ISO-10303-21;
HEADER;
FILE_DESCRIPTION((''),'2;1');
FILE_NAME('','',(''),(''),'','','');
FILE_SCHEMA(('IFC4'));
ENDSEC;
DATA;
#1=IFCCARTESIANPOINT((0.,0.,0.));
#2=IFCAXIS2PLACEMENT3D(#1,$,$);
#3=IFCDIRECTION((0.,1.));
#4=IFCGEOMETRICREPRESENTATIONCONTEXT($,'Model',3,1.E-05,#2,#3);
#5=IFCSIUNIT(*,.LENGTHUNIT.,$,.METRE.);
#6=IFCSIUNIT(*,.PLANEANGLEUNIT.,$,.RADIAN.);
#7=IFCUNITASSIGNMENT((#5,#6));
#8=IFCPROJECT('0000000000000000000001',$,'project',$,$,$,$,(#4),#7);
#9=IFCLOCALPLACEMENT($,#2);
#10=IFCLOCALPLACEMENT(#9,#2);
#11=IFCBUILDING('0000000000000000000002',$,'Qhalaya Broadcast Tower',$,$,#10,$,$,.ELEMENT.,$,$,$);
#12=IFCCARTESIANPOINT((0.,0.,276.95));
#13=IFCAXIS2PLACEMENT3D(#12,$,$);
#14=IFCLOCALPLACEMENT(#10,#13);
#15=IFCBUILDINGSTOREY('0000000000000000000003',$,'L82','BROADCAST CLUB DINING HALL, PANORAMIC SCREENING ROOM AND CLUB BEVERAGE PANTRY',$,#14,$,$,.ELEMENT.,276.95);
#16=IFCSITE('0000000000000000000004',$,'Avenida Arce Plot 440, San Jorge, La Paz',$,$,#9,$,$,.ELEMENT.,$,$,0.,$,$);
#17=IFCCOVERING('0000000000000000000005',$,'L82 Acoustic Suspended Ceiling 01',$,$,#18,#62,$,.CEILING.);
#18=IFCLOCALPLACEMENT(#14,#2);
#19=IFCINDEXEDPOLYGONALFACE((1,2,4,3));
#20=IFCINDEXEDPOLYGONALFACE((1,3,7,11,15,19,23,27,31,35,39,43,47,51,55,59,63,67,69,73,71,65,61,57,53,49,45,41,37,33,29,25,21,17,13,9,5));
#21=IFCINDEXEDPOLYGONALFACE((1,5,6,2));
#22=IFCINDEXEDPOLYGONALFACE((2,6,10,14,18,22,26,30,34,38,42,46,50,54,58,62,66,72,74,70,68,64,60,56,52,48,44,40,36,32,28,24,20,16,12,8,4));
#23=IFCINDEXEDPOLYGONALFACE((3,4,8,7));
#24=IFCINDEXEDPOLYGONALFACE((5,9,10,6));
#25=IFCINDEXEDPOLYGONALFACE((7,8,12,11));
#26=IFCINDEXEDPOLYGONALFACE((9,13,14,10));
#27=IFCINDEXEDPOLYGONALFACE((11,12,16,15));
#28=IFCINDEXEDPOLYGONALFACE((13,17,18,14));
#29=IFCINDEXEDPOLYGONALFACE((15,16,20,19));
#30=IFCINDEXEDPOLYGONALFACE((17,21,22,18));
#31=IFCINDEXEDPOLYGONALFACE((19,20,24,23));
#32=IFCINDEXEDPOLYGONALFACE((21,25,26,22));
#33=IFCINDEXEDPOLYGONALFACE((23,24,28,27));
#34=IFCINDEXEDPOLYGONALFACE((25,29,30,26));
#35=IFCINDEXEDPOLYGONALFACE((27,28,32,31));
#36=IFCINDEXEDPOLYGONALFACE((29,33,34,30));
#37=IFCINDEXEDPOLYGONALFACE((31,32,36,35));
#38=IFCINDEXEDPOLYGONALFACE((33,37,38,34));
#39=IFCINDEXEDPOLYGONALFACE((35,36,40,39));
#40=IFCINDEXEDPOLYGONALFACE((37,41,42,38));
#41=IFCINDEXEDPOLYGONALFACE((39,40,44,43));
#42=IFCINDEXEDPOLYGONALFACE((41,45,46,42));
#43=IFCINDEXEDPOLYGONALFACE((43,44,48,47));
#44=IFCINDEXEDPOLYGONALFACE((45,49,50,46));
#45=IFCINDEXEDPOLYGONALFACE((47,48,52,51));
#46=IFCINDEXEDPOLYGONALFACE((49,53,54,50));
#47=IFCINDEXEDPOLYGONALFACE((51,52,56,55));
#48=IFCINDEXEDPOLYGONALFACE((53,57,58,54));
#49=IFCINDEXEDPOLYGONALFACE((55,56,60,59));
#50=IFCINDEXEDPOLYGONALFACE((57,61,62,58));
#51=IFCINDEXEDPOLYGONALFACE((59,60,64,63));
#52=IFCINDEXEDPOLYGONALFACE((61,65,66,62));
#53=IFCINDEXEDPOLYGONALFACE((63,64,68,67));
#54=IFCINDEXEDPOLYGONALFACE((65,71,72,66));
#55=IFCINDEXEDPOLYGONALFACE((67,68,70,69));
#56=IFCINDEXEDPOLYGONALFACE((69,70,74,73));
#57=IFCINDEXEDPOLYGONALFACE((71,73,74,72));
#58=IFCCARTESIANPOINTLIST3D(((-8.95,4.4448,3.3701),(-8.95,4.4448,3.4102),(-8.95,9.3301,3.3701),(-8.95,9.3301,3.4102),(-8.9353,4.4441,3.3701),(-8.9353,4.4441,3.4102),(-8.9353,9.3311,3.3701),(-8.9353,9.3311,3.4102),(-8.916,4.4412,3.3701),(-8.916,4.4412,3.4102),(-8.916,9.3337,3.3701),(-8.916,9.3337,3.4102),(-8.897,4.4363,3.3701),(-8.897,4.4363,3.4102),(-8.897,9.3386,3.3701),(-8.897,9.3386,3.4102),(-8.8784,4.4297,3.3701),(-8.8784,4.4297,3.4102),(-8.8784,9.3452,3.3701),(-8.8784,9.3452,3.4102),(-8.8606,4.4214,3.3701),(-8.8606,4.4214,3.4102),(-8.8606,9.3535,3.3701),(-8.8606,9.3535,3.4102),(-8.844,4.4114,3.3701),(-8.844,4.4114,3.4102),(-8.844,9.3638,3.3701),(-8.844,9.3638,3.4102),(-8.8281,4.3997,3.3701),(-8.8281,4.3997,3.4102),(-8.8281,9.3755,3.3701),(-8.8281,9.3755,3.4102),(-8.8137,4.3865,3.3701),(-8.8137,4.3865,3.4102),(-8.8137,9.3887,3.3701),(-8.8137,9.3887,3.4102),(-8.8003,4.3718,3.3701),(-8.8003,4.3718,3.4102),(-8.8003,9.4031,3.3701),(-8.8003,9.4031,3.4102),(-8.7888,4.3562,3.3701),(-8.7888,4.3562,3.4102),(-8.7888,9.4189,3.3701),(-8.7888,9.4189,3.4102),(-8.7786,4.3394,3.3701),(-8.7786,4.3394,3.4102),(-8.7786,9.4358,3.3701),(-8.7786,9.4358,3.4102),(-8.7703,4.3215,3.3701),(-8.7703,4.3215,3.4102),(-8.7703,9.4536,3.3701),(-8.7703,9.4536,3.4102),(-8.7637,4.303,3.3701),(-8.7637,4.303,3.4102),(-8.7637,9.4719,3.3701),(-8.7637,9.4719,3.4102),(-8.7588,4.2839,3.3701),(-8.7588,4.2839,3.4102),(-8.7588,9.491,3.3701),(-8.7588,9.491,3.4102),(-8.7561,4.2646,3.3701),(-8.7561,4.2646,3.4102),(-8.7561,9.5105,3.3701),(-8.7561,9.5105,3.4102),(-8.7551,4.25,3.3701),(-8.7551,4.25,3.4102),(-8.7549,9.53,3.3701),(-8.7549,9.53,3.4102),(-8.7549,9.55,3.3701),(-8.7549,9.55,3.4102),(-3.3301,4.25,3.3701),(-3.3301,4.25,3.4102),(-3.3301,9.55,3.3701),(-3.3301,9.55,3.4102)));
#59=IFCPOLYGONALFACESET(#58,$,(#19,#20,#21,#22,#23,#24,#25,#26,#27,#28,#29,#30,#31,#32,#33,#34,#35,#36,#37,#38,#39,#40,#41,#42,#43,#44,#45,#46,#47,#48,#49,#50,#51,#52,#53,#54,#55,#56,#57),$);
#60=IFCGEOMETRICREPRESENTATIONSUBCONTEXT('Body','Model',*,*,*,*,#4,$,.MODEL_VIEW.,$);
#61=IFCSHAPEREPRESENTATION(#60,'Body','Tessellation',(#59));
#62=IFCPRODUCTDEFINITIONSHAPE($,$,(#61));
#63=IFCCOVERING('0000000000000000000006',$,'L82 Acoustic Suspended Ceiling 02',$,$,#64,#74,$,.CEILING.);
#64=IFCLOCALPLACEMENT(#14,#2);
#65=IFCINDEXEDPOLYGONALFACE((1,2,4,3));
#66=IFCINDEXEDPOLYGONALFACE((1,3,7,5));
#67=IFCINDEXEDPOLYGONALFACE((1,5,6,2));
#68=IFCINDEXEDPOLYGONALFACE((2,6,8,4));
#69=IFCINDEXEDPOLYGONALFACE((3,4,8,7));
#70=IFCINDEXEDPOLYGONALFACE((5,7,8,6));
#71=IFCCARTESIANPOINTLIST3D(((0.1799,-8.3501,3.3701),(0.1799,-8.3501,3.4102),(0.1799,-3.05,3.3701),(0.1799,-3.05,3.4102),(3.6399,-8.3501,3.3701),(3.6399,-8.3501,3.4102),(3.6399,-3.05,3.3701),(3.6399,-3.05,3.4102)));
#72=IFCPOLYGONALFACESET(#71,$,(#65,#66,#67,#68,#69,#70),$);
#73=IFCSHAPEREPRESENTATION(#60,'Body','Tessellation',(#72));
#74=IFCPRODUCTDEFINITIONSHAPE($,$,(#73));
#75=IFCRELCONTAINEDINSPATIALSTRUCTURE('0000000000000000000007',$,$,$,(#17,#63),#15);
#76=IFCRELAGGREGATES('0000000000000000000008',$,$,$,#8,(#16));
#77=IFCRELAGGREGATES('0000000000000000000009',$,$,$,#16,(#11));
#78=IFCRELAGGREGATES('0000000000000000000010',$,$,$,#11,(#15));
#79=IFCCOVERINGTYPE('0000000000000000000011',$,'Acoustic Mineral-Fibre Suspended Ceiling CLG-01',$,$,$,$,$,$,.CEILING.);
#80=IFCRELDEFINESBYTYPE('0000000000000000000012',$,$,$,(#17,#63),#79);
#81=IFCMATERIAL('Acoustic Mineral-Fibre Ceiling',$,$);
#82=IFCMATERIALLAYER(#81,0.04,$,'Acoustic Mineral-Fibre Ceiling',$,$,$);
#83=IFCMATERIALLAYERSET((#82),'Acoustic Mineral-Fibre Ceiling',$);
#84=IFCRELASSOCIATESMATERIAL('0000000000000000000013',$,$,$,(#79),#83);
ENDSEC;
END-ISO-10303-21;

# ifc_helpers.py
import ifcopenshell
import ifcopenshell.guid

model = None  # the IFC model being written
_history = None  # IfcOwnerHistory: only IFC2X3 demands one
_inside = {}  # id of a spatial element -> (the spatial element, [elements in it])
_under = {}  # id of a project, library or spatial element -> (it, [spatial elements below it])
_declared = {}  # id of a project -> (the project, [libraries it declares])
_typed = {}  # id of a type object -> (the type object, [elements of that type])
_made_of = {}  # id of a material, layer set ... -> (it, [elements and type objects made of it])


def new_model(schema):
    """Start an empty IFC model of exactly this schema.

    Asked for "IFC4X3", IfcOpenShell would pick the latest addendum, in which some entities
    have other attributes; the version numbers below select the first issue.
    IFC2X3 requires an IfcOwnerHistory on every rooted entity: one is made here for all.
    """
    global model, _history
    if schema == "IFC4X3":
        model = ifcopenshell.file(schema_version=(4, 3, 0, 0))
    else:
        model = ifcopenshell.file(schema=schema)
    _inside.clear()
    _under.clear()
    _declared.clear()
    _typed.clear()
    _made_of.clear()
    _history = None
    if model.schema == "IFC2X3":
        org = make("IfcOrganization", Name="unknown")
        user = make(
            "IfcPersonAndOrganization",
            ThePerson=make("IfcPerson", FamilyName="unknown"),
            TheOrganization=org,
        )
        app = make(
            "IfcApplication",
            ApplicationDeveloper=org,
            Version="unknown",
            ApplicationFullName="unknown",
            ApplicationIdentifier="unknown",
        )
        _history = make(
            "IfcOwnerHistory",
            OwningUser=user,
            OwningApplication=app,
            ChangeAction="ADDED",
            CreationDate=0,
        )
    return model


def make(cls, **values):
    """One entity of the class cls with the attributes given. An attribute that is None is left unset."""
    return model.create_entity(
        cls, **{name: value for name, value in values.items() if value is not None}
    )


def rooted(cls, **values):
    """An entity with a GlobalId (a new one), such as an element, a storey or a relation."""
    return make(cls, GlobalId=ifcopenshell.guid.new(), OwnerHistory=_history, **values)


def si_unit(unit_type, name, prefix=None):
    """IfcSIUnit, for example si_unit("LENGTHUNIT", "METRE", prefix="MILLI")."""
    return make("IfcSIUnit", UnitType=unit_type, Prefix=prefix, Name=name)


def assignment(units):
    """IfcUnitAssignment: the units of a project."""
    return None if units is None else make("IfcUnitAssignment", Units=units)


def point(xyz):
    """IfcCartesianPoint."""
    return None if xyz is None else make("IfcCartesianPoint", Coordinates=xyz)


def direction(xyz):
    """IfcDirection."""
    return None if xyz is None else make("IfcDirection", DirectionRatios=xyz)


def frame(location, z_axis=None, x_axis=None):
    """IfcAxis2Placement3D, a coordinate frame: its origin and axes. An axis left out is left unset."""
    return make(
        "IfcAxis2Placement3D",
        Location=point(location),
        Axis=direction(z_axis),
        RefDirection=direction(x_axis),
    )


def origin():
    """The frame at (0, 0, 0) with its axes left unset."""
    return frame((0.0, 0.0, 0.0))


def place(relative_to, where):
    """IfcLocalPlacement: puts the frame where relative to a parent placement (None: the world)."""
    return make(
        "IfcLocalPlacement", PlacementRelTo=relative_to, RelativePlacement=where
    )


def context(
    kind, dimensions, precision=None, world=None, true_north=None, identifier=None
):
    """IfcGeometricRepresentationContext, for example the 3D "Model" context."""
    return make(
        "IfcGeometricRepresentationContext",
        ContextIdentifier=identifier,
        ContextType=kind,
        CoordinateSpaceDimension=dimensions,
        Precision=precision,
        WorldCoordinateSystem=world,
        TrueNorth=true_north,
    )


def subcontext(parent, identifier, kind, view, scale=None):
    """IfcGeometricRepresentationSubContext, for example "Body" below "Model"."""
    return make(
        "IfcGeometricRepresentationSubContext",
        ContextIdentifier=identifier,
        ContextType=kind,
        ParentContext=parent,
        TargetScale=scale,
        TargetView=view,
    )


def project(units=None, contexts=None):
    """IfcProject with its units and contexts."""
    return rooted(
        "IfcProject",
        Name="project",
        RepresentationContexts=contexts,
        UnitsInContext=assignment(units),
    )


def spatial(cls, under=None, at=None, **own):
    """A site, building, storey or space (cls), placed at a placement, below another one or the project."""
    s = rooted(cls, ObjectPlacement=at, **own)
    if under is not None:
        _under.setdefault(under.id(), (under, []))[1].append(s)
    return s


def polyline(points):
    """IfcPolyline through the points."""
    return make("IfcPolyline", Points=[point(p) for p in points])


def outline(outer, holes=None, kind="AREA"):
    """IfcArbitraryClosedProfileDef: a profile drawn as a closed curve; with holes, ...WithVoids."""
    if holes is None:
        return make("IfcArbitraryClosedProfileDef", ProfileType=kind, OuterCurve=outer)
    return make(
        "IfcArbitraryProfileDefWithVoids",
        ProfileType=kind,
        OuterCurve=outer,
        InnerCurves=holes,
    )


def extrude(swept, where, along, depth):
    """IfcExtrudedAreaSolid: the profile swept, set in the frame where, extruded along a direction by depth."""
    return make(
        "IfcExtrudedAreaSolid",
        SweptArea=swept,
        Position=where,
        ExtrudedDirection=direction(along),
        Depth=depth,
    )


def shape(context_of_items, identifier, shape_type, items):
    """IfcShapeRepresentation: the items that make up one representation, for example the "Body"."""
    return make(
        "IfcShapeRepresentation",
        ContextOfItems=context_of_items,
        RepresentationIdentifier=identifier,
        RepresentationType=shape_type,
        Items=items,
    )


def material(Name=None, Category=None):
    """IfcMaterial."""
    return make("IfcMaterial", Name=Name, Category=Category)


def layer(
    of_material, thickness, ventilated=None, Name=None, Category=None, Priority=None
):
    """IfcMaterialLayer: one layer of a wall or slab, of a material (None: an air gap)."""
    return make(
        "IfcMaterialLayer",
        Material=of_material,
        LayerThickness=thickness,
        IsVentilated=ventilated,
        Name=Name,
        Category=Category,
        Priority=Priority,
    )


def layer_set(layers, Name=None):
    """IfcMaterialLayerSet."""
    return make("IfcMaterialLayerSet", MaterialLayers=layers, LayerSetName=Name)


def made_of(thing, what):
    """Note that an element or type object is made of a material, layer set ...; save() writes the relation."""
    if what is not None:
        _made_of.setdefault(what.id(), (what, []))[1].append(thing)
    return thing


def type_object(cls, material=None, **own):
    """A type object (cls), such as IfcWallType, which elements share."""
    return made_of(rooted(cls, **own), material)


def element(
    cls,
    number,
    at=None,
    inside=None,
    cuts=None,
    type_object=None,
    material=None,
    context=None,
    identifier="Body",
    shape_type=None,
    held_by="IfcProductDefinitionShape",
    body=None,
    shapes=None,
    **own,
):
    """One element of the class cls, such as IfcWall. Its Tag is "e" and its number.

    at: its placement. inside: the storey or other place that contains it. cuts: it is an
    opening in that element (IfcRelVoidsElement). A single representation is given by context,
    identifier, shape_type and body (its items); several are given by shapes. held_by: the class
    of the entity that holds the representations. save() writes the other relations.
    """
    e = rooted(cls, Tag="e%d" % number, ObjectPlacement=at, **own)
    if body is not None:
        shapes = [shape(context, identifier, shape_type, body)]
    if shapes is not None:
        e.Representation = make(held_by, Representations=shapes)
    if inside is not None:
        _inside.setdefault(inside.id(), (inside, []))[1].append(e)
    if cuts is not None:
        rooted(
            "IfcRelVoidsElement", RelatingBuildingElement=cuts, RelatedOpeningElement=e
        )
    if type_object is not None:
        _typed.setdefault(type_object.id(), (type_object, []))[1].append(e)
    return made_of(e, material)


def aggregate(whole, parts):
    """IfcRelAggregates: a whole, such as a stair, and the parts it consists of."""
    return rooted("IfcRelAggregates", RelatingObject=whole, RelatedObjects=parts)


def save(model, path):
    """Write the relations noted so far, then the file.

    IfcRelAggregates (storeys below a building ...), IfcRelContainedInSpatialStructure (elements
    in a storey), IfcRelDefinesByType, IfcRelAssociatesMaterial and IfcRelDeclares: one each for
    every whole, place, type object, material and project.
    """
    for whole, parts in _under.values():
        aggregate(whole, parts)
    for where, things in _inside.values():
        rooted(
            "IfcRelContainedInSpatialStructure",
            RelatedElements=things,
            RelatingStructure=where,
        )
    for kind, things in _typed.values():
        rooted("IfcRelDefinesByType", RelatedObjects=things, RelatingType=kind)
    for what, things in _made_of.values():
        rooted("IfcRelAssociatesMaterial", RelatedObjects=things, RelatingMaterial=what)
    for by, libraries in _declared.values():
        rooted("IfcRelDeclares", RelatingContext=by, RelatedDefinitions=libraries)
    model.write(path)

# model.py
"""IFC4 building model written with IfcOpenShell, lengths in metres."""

from ifc_helpers import new_model, si_unit, direction, frame, origin, place, context, subcontext, project, spatial, polyline, outline, extrude, material, layer, layer_set, type_object, element, save


model = new_model("IFC4")

# Units and contexts
model_context = context("Model", 3, precision=1e-05, world=origin(), true_north=direction((0.0, 1.0)))
body_context = subcontext(model_context, "Body", "Model", "MODEL_VIEW")
ifc_project = project(units=[si_unit("LENGTHUNIT", "METRE"), si_unit("PLANEANGLEUNIT", "RADIAN")], contexts=[model_context])

# Site, building, storey
site_placement = place(None, origin())
site = spatial("IfcSite", under=ifc_project, at=site_placement, Name="Avenida Arce Plot 440, San Jorge, La Paz", CompositionType="ELEMENT", RefElevation=0.0)
building_placement = place(site_placement, origin())
building = spatial("IfcBuilding", under=site, at=building_placement, Name="Qhalaya Broadcast Tower", CompositionType="ELEMENT")
storey_placement = place(building_placement, frame((0.0, 0.0, 276.95)))
storey = spatial("IfcBuildingStorey", under=building, at=storey_placement, Name="L82", Description="BROADCAST CLUB DINING HALL, PANORAMIC SCREENING ROOM AND CLUB BEVERAGE PANTRY", CompositionType="ELEMENT", Elevation=276.95)

# Coverings
ifc_material_1 = material(Name="Acoustic Mineral-Fibre Ceiling")
ifc_layer_1 = layer(ifc_material_1, 0.04, Name="Acoustic Mineral-Fibre Ceiling")
ifc_layer_set_1 = layer_set([ifc_layer_1], Name="Acoustic Mineral-Fibre Ceiling")
covering_type = type_object("IfcCoveringType", Name="Acoustic Mineral-Fibre Suspended Ceiling CLG-01", PredefinedType="CEILING", material=ifc_layer_set_1)
covering_1_placement = place(storey_placement, frame((0.0, 0.0, 3.3701)))
element("IfcCovering", 1, at=covering_1_placement, inside=storey, type_object=covering_type, Name="L82 Acoustic Suspended Ceiling 01", PredefinedType="CEILING", context=body_context, shape_type="SweptSolid", body=[
    extrude(outline(polyline([(-8.7561, 4.2646), (-8.7551, 4.25), (-3.3301, 4.25), (-3.3301, 9.55), (-8.7549, 9.55), (-8.7549, 9.53), (-8.7561, 9.5105), (-8.7588, 9.491), (-8.7637, 9.4719), (-8.7703, 9.4536), (-8.7786, 9.4358), (-8.7888, 9.4189), (-8.8003, 9.4031), (-8.8137, 9.3887), (-8.8281, 9.3755), (-8.844, 9.3638), (-8.8606, 9.3535), (-8.8784, 9.3452), (-8.897, 9.3386), (-8.916, 9.3337), (-8.9353, 9.3311), (-8.95, 9.3301), (-8.95, 4.4448), (-8.9353, 4.4441), (-8.916, 4.4412), (-8.897, 4.4363), (-8.8784, 4.4297), (-8.8606, 4.4214), (-8.844, 4.4114), (-8.8281, 4.3997), (-8.8137, 4.3865), (-8.8003, 4.3718), (-8.7888, 4.3562), (-8.7786, 4.3394), (-8.7703, 4.3215), (-8.7637, 4.303), (-8.7588, 4.2839), (-8.7561, 4.2646)])), origin(), (0.0, 0.0, 1.0), 0.04),
])
covering_2_placement = place(storey_placement, frame((0.0, 0.0, 3.3701)))
element("IfcCovering", 2, at=covering_2_placement, inside=storey, type_object=covering_type, Name="L82 Acoustic Suspended Ceiling 02", PredefinedType="CEILING", context=body_context, shape_type="SweptSolid", body=[
    extrude(outline(polyline([(0.1799, -3.05), (0.1799, -8.3501), (3.6399, -8.3501), (3.6399, -3.05), (0.1799, -3.05)])), origin(), (0.0, 0.0, 1.0), 0.04),
])

save(model, "model.ifc")
